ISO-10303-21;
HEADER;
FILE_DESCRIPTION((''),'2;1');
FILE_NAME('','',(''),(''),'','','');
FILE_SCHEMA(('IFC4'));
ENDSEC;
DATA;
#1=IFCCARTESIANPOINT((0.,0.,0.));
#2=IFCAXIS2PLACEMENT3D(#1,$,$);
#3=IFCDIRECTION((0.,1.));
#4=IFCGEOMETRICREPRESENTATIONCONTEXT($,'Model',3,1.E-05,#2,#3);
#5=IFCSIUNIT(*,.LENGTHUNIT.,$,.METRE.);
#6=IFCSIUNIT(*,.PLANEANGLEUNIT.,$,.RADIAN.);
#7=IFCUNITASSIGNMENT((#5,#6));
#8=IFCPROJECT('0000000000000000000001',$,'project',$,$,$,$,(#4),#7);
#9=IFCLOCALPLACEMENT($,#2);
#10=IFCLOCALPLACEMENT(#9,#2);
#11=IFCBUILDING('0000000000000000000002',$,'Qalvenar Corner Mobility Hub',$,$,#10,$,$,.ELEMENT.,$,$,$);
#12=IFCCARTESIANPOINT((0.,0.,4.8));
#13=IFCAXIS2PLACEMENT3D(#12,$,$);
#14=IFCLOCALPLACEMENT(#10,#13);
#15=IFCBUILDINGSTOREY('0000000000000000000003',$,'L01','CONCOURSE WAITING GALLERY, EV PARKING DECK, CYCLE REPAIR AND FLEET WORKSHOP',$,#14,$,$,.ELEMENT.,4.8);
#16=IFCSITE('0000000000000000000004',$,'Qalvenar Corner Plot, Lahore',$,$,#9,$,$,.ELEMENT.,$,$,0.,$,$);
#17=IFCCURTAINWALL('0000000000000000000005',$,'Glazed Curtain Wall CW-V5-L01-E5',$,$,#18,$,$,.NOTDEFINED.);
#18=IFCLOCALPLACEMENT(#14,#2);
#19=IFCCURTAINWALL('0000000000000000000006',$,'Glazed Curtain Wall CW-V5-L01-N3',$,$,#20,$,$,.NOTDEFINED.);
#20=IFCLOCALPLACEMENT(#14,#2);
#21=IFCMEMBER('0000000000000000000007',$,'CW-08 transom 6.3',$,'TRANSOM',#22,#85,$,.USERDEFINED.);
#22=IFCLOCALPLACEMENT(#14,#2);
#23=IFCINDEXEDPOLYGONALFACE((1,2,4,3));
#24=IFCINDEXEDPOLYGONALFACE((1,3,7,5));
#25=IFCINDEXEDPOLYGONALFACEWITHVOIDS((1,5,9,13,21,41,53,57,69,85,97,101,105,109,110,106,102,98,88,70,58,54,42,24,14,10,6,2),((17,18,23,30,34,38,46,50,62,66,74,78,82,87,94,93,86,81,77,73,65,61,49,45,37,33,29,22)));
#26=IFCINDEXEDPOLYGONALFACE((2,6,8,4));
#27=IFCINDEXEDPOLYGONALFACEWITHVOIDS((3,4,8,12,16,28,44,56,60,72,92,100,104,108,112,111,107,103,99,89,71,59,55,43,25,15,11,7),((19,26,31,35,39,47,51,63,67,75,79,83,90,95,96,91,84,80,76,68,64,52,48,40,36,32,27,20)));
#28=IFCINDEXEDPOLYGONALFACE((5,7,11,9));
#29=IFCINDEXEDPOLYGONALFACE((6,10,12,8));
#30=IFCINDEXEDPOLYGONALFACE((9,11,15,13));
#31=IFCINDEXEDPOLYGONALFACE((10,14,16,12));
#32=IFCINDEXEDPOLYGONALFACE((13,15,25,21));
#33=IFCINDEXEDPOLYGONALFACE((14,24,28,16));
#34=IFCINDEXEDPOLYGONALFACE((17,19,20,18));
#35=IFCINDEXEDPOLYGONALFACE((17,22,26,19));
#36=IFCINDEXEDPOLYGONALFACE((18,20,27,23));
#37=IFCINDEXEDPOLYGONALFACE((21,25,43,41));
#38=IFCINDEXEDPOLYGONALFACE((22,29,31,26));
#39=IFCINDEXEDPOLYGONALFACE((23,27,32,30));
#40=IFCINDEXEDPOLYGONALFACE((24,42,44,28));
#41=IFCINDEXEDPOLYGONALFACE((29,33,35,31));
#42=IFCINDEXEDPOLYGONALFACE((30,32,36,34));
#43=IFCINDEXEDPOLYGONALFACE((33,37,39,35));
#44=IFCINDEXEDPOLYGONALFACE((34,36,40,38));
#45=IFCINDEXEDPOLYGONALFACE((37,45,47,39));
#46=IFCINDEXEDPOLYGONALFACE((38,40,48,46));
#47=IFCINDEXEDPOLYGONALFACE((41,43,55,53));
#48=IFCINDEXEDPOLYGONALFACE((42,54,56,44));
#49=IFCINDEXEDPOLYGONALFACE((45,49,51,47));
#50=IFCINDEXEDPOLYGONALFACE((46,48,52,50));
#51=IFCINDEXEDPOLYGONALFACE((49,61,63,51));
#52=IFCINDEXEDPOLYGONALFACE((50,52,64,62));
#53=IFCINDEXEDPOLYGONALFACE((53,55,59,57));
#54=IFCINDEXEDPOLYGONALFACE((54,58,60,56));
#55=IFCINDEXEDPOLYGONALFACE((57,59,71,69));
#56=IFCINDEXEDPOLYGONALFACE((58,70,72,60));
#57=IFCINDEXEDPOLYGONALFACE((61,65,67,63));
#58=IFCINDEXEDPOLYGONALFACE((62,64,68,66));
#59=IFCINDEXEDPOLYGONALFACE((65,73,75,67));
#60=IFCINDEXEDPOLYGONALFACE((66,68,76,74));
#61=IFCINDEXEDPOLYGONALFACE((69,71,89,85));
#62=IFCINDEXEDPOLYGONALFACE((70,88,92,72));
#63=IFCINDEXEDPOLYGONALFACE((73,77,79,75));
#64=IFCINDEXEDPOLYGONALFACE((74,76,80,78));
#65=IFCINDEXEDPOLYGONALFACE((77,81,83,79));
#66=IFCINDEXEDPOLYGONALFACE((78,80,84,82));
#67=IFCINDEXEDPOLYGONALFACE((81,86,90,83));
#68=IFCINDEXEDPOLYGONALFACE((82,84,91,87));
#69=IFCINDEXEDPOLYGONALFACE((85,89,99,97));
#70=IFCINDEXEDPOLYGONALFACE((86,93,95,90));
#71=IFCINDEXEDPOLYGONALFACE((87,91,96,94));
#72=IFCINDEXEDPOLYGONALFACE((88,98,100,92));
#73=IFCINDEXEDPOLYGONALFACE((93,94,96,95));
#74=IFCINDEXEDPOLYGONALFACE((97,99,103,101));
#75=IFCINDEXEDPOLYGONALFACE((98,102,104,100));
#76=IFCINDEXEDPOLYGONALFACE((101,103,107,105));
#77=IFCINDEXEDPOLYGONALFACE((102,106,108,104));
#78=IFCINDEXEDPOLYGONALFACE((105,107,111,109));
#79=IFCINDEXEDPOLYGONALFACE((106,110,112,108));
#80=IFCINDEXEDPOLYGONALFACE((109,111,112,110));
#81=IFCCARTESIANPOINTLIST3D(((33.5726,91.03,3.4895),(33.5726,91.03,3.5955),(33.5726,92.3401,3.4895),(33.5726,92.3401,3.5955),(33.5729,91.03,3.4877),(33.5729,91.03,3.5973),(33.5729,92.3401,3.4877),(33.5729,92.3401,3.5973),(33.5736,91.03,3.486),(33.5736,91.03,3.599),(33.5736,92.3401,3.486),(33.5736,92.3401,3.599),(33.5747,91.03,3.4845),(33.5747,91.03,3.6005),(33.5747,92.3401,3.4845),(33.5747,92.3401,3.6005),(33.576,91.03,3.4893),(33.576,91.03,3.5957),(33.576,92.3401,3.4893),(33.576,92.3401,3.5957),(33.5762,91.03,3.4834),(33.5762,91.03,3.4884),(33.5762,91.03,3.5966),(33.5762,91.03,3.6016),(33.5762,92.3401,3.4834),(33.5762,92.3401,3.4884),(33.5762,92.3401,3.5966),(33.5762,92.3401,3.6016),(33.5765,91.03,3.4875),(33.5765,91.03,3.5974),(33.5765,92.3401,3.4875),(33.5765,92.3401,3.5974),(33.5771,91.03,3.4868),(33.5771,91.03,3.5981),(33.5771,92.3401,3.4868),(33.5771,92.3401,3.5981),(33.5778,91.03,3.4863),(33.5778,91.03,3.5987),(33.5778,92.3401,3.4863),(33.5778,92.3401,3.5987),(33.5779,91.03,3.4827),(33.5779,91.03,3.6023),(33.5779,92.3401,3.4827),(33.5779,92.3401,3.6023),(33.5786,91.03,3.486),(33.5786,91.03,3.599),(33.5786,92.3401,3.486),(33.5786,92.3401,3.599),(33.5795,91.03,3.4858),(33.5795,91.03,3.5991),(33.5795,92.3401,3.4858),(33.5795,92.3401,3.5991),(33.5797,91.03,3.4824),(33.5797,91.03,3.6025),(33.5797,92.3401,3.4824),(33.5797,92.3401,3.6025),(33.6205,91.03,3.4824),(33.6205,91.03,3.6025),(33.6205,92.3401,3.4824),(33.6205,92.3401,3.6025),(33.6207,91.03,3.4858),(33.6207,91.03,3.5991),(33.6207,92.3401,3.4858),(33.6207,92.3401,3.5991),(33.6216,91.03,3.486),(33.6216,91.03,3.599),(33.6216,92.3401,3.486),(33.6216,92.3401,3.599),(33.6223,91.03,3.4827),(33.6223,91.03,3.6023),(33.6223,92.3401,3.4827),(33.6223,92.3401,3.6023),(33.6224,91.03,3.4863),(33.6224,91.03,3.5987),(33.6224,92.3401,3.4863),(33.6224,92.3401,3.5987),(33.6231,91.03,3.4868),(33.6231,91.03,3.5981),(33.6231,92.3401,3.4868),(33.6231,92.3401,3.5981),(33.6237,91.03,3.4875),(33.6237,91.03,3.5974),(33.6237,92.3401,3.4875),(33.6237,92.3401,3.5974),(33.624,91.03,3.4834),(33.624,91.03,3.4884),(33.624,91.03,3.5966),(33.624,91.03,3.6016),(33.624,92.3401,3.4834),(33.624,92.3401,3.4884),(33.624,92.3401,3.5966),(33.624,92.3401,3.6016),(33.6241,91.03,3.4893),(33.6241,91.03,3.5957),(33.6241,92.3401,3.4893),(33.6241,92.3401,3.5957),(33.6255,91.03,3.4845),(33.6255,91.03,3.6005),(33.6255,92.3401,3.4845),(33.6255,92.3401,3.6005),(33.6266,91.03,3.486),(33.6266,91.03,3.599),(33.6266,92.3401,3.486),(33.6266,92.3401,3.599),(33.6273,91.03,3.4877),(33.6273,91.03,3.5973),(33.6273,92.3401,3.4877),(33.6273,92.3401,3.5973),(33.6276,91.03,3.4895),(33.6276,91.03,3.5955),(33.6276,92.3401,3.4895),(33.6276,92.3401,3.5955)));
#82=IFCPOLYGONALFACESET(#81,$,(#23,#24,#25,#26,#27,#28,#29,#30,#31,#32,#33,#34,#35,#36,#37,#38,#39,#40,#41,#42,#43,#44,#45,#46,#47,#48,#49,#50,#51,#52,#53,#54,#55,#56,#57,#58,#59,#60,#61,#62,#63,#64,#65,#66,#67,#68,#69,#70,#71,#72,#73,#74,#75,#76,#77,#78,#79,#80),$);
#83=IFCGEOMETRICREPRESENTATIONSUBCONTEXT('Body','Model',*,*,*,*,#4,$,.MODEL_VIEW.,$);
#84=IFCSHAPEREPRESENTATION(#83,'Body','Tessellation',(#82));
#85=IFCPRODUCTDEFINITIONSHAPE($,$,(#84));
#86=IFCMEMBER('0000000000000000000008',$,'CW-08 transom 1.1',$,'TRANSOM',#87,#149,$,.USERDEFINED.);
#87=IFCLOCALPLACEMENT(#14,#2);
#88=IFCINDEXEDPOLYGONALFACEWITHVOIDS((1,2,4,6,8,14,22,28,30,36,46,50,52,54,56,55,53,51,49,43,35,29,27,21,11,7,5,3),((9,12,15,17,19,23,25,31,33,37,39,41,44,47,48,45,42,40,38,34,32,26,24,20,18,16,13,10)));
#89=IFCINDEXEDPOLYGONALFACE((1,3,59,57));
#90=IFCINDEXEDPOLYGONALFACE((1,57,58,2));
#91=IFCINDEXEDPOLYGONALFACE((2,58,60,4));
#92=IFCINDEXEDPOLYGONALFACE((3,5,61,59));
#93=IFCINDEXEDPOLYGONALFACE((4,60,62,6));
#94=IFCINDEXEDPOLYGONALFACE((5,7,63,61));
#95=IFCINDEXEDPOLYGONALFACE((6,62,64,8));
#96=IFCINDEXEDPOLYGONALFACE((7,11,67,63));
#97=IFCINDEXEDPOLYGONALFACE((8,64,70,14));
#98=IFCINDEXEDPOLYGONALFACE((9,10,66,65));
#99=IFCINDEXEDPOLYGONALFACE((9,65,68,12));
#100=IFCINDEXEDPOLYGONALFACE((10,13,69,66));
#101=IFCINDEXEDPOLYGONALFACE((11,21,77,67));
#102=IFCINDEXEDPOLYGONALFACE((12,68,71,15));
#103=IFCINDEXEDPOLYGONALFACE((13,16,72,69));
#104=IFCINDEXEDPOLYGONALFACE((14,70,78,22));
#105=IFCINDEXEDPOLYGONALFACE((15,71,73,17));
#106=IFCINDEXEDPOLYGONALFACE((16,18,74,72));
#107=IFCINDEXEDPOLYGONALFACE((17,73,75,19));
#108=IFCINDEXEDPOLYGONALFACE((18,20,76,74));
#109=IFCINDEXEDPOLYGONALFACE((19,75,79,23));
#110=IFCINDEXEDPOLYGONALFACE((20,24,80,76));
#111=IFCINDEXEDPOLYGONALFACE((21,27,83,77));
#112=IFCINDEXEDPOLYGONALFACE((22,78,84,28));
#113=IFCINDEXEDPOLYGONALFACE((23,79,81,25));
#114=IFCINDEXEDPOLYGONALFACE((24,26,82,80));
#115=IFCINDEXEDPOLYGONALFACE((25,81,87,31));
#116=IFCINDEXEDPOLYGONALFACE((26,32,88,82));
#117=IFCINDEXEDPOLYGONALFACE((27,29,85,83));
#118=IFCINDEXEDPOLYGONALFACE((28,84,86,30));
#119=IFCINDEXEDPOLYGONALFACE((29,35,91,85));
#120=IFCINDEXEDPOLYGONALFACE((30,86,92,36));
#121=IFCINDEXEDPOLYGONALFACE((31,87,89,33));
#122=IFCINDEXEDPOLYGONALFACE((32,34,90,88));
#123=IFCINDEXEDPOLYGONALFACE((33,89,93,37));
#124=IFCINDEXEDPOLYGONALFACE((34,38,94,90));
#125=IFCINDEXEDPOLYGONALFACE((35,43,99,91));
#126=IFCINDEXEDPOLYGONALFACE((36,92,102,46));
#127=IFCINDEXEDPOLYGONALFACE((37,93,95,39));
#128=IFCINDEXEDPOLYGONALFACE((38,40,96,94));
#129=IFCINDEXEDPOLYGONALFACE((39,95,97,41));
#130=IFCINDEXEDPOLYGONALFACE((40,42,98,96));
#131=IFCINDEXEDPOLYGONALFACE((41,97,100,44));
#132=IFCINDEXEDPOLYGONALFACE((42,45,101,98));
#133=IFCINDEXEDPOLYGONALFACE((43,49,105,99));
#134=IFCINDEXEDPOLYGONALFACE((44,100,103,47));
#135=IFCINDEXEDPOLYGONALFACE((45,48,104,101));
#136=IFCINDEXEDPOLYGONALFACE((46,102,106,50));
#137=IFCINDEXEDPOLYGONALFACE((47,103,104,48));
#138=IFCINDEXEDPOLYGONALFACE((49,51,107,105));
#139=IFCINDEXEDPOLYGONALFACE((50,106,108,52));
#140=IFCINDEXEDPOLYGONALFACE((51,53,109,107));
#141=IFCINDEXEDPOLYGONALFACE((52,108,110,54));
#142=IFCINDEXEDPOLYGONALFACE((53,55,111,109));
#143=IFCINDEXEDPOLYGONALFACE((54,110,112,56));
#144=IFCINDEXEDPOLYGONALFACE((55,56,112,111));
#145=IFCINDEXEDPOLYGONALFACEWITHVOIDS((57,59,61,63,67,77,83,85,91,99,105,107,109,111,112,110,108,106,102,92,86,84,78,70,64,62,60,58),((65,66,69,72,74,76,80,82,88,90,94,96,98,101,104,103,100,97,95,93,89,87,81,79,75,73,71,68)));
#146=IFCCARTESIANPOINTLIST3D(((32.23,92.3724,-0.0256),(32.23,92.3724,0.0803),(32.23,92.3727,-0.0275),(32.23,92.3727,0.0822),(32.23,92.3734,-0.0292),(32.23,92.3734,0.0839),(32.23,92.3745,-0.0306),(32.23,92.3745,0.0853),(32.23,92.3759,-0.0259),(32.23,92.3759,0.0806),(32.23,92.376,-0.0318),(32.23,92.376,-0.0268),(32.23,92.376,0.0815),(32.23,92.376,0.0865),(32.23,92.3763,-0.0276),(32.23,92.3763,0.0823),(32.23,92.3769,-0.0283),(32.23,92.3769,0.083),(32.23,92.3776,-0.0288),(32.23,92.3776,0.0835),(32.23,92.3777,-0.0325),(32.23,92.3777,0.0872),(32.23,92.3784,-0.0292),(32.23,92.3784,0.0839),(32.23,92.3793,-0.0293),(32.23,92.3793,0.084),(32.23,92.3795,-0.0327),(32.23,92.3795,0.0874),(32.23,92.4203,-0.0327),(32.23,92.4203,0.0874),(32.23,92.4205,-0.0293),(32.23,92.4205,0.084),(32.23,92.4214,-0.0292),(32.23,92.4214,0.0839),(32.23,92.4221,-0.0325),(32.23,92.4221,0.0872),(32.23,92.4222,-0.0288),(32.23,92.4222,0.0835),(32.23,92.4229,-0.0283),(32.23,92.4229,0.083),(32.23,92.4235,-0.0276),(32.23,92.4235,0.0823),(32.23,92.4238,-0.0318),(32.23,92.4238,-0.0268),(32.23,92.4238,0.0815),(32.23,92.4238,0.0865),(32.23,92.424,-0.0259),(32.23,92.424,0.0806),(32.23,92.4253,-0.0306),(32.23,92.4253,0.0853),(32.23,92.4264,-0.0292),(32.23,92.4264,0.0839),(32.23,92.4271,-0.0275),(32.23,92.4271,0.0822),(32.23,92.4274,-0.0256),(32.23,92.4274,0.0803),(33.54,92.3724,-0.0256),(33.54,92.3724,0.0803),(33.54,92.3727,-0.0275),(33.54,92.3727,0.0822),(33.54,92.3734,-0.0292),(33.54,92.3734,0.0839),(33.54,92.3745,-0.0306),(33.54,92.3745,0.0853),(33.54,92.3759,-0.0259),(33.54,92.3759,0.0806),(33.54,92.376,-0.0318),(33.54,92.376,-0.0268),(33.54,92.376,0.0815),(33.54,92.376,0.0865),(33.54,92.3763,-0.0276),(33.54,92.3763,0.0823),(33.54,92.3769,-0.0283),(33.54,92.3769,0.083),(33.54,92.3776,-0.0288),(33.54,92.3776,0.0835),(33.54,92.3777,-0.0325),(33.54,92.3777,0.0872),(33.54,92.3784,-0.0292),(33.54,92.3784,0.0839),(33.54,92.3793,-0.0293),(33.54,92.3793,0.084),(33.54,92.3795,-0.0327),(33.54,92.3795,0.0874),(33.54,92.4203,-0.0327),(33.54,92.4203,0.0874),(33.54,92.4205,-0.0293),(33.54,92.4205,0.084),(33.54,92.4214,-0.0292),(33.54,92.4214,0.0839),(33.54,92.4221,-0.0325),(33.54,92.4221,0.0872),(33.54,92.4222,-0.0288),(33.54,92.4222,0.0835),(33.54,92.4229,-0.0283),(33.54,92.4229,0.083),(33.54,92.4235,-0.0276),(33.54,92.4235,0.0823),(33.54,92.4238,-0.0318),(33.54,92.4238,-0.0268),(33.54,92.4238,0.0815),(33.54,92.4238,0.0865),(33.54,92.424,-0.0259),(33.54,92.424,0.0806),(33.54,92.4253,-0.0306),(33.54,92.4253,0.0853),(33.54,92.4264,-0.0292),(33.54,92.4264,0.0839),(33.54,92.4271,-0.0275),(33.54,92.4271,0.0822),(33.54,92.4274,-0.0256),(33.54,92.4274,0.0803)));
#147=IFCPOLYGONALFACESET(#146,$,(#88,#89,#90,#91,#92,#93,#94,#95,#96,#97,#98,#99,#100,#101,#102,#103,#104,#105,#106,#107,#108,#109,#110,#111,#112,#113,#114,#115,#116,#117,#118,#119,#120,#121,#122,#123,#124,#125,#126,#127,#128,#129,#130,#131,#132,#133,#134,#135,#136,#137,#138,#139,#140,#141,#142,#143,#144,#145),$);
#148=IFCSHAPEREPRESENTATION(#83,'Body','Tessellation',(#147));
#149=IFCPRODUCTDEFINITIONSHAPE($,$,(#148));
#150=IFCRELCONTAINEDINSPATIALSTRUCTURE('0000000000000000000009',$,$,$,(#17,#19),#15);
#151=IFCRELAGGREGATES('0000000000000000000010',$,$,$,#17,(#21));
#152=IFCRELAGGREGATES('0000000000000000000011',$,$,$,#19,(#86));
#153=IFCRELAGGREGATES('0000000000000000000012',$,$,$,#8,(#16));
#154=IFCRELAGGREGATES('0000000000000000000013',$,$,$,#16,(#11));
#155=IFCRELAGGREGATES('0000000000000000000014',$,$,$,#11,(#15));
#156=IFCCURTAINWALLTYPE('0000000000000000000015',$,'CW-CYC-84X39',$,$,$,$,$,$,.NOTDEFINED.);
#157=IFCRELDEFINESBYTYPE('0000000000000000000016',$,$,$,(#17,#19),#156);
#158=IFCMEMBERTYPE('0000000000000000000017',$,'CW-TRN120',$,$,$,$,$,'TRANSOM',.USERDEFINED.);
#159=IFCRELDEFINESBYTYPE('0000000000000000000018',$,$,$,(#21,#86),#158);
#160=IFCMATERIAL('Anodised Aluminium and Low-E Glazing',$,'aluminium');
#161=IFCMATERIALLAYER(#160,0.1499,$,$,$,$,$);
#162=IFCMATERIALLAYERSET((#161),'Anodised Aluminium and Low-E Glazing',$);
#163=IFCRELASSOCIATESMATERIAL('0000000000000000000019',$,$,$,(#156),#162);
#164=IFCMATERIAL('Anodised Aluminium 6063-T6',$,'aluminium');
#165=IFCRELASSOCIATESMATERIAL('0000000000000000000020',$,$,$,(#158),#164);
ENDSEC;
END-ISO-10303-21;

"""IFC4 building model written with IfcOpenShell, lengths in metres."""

from ifc_helpers import new_model, si_unit, direction, frame, origin, origin_2d, place, context, subcontext, project, spatial, hollow_rectangle, extrude, material, layer, layer_set, material_profile, profile_set, type_object, element, aggregate, save


model = new_model("IFC4")

# Units and contexts
model_context = context("Model", 3, precision=1e-05, world=origin(), true_north=direction((0.0, 1.0)))
body_context = subcontext(model_context, "Body", "Model", "MODEL_VIEW")
ifc_project = project(units=[si_unit("LENGTHUNIT", "METRE"), si_unit("PLANEANGLEUNIT", "RADIAN")], contexts=[model_context])

# Site, building, storey
site_placement = place(None, origin())
site = spatial("IfcSite", under=ifc_project, at=site_placement, Name="Qalvenar Corner Plot, Lahore", CompositionType="ELEMENT", RefElevation=0.0)
building_placement = place(site_placement, origin())
building = spatial("IfcBuilding", under=site, at=building_placement, Name="Qalvenar Corner Mobility Hub", CompositionType="ELEMENT")
storey_placement = place(building_placement, frame((0.0, 0.0, 4.8)))
storey = spatial("IfcBuildingStorey", under=building, at=storey_placement, Name="L01", Description="CONCOURSE WAITING GALLERY, EV PARKING DECK, CYCLE REPAIR AND FLEET WORKSHOP", CompositionType="ELEMENT", Elevation=4.8)

# Curtain walls
ifc_material_1 = material(Name="Anodised Aluminium and Low-E Glazing", Category="aluminium")
ifc_layer_1 = layer(ifc_material_1, 0.1499)
ifc_layer_set_1 = layer_set([ifc_layer_1], Name="Anodised Aluminium and Low-E Glazing")
curtain_wall_type = type_object("IfcCurtainWallType", Name="CW-CYC-84X39", PredefinedType="NOTDEFINED", material=ifc_layer_set_1)
curtain_wall_1_placement = place(storey_placement, origin())
curtain_wall_1 = element("IfcCurtainWall", 1, at=curtain_wall_1_placement, inside=storey, type_object=curtain_wall_type, Name="Glazed Curtain Wall CW-V5-L01-E5", PredefinedType="NOTDEFINED")
ifc_material_2 = material(Name="Anodised Aluminium 6063-T6", Category="aluminium")
curtain_wall_2_placement = place(storey_placement, origin())
curtain_wall_2 = element("IfcCurtainWall", 2, at=curtain_wall_2_placement, inside=storey, type_object=curtain_wall_type, Name="Glazed Curtain Wall CW-V5-L01-N3", PredefinedType="NOTDEFINED")

# Members
ifc_material_profile_1 = material_profile(ifc_material_2, hollow_rectangle(XDim=0.0549, YDim=0.1201, WallThickness=0.0034, InnerFilletRadius=0.0034, OuterFilletRadius=0.0071, at=origin_2d()), Name="RHS120x55x3.5")
ifc_profile_set_1 = profile_set([ifc_material_profile_1], Name="Anodised Aluminium 6063-T6")
member_type_1 = type_object("IfcMemberType", Name="CW-TRN120", ElementType="TRANSOM", PredefinedType="USERDEFINED", material=ifc_profile_set_1)
member_1_placement = place(storey_placement, frame((33.6001, 91.03, 3.5425), z_axis=(0.0, 1.0, 0.0), x_axis=(-1.0, 0.0, 0.0)))
member_1 = element("IfcMember", 3, at=member_1_placement, type_object=member_type_1, Name="CW-08 transom 6.3", ObjectType="TRANSOM", PredefinedType="USERDEFINED", context=body_context, shape_type="SweptSolid", body=[
    extrude(hollow_rectangle(XDim=0.0549, YDim=0.1201, WallThickness=0.0034, InnerFilletRadius=0.0034, OuterFilletRadius=0.0071, at=origin_2d()), origin(), (0.0, 0.0, 1.0), 1.3101),
])
member_2_placement = place(storey_placement, frame((33.54, 92.3999, 0.0273), z_axis=(-1.0, 0.0, 0.0), x_axis=(0.0, -1.0, 0.0)))
member_2 = element("IfcMember", 4, at=member_2_placement, type_object=member_type_1, Name="CW-08 transom 1.1", ObjectType="TRANSOM", PredefinedType="USERDEFINED", context=body_context, shape_type="SweptSolid", body=[
    extrude(hollow_rectangle(XDim=0.0549, YDim=0.1201, WallThickness=0.0034, InnerFilletRadius=0.0034, OuterFilletRadius=0.0071, at=origin_2d()), origin(), (0.0, 0.0, 1.0), 1.3101),
])

aggregate(curtain_wall_1, [member_1])
aggregate(curtain_wall_2, [member_2])

save(model, "model.ifc")
